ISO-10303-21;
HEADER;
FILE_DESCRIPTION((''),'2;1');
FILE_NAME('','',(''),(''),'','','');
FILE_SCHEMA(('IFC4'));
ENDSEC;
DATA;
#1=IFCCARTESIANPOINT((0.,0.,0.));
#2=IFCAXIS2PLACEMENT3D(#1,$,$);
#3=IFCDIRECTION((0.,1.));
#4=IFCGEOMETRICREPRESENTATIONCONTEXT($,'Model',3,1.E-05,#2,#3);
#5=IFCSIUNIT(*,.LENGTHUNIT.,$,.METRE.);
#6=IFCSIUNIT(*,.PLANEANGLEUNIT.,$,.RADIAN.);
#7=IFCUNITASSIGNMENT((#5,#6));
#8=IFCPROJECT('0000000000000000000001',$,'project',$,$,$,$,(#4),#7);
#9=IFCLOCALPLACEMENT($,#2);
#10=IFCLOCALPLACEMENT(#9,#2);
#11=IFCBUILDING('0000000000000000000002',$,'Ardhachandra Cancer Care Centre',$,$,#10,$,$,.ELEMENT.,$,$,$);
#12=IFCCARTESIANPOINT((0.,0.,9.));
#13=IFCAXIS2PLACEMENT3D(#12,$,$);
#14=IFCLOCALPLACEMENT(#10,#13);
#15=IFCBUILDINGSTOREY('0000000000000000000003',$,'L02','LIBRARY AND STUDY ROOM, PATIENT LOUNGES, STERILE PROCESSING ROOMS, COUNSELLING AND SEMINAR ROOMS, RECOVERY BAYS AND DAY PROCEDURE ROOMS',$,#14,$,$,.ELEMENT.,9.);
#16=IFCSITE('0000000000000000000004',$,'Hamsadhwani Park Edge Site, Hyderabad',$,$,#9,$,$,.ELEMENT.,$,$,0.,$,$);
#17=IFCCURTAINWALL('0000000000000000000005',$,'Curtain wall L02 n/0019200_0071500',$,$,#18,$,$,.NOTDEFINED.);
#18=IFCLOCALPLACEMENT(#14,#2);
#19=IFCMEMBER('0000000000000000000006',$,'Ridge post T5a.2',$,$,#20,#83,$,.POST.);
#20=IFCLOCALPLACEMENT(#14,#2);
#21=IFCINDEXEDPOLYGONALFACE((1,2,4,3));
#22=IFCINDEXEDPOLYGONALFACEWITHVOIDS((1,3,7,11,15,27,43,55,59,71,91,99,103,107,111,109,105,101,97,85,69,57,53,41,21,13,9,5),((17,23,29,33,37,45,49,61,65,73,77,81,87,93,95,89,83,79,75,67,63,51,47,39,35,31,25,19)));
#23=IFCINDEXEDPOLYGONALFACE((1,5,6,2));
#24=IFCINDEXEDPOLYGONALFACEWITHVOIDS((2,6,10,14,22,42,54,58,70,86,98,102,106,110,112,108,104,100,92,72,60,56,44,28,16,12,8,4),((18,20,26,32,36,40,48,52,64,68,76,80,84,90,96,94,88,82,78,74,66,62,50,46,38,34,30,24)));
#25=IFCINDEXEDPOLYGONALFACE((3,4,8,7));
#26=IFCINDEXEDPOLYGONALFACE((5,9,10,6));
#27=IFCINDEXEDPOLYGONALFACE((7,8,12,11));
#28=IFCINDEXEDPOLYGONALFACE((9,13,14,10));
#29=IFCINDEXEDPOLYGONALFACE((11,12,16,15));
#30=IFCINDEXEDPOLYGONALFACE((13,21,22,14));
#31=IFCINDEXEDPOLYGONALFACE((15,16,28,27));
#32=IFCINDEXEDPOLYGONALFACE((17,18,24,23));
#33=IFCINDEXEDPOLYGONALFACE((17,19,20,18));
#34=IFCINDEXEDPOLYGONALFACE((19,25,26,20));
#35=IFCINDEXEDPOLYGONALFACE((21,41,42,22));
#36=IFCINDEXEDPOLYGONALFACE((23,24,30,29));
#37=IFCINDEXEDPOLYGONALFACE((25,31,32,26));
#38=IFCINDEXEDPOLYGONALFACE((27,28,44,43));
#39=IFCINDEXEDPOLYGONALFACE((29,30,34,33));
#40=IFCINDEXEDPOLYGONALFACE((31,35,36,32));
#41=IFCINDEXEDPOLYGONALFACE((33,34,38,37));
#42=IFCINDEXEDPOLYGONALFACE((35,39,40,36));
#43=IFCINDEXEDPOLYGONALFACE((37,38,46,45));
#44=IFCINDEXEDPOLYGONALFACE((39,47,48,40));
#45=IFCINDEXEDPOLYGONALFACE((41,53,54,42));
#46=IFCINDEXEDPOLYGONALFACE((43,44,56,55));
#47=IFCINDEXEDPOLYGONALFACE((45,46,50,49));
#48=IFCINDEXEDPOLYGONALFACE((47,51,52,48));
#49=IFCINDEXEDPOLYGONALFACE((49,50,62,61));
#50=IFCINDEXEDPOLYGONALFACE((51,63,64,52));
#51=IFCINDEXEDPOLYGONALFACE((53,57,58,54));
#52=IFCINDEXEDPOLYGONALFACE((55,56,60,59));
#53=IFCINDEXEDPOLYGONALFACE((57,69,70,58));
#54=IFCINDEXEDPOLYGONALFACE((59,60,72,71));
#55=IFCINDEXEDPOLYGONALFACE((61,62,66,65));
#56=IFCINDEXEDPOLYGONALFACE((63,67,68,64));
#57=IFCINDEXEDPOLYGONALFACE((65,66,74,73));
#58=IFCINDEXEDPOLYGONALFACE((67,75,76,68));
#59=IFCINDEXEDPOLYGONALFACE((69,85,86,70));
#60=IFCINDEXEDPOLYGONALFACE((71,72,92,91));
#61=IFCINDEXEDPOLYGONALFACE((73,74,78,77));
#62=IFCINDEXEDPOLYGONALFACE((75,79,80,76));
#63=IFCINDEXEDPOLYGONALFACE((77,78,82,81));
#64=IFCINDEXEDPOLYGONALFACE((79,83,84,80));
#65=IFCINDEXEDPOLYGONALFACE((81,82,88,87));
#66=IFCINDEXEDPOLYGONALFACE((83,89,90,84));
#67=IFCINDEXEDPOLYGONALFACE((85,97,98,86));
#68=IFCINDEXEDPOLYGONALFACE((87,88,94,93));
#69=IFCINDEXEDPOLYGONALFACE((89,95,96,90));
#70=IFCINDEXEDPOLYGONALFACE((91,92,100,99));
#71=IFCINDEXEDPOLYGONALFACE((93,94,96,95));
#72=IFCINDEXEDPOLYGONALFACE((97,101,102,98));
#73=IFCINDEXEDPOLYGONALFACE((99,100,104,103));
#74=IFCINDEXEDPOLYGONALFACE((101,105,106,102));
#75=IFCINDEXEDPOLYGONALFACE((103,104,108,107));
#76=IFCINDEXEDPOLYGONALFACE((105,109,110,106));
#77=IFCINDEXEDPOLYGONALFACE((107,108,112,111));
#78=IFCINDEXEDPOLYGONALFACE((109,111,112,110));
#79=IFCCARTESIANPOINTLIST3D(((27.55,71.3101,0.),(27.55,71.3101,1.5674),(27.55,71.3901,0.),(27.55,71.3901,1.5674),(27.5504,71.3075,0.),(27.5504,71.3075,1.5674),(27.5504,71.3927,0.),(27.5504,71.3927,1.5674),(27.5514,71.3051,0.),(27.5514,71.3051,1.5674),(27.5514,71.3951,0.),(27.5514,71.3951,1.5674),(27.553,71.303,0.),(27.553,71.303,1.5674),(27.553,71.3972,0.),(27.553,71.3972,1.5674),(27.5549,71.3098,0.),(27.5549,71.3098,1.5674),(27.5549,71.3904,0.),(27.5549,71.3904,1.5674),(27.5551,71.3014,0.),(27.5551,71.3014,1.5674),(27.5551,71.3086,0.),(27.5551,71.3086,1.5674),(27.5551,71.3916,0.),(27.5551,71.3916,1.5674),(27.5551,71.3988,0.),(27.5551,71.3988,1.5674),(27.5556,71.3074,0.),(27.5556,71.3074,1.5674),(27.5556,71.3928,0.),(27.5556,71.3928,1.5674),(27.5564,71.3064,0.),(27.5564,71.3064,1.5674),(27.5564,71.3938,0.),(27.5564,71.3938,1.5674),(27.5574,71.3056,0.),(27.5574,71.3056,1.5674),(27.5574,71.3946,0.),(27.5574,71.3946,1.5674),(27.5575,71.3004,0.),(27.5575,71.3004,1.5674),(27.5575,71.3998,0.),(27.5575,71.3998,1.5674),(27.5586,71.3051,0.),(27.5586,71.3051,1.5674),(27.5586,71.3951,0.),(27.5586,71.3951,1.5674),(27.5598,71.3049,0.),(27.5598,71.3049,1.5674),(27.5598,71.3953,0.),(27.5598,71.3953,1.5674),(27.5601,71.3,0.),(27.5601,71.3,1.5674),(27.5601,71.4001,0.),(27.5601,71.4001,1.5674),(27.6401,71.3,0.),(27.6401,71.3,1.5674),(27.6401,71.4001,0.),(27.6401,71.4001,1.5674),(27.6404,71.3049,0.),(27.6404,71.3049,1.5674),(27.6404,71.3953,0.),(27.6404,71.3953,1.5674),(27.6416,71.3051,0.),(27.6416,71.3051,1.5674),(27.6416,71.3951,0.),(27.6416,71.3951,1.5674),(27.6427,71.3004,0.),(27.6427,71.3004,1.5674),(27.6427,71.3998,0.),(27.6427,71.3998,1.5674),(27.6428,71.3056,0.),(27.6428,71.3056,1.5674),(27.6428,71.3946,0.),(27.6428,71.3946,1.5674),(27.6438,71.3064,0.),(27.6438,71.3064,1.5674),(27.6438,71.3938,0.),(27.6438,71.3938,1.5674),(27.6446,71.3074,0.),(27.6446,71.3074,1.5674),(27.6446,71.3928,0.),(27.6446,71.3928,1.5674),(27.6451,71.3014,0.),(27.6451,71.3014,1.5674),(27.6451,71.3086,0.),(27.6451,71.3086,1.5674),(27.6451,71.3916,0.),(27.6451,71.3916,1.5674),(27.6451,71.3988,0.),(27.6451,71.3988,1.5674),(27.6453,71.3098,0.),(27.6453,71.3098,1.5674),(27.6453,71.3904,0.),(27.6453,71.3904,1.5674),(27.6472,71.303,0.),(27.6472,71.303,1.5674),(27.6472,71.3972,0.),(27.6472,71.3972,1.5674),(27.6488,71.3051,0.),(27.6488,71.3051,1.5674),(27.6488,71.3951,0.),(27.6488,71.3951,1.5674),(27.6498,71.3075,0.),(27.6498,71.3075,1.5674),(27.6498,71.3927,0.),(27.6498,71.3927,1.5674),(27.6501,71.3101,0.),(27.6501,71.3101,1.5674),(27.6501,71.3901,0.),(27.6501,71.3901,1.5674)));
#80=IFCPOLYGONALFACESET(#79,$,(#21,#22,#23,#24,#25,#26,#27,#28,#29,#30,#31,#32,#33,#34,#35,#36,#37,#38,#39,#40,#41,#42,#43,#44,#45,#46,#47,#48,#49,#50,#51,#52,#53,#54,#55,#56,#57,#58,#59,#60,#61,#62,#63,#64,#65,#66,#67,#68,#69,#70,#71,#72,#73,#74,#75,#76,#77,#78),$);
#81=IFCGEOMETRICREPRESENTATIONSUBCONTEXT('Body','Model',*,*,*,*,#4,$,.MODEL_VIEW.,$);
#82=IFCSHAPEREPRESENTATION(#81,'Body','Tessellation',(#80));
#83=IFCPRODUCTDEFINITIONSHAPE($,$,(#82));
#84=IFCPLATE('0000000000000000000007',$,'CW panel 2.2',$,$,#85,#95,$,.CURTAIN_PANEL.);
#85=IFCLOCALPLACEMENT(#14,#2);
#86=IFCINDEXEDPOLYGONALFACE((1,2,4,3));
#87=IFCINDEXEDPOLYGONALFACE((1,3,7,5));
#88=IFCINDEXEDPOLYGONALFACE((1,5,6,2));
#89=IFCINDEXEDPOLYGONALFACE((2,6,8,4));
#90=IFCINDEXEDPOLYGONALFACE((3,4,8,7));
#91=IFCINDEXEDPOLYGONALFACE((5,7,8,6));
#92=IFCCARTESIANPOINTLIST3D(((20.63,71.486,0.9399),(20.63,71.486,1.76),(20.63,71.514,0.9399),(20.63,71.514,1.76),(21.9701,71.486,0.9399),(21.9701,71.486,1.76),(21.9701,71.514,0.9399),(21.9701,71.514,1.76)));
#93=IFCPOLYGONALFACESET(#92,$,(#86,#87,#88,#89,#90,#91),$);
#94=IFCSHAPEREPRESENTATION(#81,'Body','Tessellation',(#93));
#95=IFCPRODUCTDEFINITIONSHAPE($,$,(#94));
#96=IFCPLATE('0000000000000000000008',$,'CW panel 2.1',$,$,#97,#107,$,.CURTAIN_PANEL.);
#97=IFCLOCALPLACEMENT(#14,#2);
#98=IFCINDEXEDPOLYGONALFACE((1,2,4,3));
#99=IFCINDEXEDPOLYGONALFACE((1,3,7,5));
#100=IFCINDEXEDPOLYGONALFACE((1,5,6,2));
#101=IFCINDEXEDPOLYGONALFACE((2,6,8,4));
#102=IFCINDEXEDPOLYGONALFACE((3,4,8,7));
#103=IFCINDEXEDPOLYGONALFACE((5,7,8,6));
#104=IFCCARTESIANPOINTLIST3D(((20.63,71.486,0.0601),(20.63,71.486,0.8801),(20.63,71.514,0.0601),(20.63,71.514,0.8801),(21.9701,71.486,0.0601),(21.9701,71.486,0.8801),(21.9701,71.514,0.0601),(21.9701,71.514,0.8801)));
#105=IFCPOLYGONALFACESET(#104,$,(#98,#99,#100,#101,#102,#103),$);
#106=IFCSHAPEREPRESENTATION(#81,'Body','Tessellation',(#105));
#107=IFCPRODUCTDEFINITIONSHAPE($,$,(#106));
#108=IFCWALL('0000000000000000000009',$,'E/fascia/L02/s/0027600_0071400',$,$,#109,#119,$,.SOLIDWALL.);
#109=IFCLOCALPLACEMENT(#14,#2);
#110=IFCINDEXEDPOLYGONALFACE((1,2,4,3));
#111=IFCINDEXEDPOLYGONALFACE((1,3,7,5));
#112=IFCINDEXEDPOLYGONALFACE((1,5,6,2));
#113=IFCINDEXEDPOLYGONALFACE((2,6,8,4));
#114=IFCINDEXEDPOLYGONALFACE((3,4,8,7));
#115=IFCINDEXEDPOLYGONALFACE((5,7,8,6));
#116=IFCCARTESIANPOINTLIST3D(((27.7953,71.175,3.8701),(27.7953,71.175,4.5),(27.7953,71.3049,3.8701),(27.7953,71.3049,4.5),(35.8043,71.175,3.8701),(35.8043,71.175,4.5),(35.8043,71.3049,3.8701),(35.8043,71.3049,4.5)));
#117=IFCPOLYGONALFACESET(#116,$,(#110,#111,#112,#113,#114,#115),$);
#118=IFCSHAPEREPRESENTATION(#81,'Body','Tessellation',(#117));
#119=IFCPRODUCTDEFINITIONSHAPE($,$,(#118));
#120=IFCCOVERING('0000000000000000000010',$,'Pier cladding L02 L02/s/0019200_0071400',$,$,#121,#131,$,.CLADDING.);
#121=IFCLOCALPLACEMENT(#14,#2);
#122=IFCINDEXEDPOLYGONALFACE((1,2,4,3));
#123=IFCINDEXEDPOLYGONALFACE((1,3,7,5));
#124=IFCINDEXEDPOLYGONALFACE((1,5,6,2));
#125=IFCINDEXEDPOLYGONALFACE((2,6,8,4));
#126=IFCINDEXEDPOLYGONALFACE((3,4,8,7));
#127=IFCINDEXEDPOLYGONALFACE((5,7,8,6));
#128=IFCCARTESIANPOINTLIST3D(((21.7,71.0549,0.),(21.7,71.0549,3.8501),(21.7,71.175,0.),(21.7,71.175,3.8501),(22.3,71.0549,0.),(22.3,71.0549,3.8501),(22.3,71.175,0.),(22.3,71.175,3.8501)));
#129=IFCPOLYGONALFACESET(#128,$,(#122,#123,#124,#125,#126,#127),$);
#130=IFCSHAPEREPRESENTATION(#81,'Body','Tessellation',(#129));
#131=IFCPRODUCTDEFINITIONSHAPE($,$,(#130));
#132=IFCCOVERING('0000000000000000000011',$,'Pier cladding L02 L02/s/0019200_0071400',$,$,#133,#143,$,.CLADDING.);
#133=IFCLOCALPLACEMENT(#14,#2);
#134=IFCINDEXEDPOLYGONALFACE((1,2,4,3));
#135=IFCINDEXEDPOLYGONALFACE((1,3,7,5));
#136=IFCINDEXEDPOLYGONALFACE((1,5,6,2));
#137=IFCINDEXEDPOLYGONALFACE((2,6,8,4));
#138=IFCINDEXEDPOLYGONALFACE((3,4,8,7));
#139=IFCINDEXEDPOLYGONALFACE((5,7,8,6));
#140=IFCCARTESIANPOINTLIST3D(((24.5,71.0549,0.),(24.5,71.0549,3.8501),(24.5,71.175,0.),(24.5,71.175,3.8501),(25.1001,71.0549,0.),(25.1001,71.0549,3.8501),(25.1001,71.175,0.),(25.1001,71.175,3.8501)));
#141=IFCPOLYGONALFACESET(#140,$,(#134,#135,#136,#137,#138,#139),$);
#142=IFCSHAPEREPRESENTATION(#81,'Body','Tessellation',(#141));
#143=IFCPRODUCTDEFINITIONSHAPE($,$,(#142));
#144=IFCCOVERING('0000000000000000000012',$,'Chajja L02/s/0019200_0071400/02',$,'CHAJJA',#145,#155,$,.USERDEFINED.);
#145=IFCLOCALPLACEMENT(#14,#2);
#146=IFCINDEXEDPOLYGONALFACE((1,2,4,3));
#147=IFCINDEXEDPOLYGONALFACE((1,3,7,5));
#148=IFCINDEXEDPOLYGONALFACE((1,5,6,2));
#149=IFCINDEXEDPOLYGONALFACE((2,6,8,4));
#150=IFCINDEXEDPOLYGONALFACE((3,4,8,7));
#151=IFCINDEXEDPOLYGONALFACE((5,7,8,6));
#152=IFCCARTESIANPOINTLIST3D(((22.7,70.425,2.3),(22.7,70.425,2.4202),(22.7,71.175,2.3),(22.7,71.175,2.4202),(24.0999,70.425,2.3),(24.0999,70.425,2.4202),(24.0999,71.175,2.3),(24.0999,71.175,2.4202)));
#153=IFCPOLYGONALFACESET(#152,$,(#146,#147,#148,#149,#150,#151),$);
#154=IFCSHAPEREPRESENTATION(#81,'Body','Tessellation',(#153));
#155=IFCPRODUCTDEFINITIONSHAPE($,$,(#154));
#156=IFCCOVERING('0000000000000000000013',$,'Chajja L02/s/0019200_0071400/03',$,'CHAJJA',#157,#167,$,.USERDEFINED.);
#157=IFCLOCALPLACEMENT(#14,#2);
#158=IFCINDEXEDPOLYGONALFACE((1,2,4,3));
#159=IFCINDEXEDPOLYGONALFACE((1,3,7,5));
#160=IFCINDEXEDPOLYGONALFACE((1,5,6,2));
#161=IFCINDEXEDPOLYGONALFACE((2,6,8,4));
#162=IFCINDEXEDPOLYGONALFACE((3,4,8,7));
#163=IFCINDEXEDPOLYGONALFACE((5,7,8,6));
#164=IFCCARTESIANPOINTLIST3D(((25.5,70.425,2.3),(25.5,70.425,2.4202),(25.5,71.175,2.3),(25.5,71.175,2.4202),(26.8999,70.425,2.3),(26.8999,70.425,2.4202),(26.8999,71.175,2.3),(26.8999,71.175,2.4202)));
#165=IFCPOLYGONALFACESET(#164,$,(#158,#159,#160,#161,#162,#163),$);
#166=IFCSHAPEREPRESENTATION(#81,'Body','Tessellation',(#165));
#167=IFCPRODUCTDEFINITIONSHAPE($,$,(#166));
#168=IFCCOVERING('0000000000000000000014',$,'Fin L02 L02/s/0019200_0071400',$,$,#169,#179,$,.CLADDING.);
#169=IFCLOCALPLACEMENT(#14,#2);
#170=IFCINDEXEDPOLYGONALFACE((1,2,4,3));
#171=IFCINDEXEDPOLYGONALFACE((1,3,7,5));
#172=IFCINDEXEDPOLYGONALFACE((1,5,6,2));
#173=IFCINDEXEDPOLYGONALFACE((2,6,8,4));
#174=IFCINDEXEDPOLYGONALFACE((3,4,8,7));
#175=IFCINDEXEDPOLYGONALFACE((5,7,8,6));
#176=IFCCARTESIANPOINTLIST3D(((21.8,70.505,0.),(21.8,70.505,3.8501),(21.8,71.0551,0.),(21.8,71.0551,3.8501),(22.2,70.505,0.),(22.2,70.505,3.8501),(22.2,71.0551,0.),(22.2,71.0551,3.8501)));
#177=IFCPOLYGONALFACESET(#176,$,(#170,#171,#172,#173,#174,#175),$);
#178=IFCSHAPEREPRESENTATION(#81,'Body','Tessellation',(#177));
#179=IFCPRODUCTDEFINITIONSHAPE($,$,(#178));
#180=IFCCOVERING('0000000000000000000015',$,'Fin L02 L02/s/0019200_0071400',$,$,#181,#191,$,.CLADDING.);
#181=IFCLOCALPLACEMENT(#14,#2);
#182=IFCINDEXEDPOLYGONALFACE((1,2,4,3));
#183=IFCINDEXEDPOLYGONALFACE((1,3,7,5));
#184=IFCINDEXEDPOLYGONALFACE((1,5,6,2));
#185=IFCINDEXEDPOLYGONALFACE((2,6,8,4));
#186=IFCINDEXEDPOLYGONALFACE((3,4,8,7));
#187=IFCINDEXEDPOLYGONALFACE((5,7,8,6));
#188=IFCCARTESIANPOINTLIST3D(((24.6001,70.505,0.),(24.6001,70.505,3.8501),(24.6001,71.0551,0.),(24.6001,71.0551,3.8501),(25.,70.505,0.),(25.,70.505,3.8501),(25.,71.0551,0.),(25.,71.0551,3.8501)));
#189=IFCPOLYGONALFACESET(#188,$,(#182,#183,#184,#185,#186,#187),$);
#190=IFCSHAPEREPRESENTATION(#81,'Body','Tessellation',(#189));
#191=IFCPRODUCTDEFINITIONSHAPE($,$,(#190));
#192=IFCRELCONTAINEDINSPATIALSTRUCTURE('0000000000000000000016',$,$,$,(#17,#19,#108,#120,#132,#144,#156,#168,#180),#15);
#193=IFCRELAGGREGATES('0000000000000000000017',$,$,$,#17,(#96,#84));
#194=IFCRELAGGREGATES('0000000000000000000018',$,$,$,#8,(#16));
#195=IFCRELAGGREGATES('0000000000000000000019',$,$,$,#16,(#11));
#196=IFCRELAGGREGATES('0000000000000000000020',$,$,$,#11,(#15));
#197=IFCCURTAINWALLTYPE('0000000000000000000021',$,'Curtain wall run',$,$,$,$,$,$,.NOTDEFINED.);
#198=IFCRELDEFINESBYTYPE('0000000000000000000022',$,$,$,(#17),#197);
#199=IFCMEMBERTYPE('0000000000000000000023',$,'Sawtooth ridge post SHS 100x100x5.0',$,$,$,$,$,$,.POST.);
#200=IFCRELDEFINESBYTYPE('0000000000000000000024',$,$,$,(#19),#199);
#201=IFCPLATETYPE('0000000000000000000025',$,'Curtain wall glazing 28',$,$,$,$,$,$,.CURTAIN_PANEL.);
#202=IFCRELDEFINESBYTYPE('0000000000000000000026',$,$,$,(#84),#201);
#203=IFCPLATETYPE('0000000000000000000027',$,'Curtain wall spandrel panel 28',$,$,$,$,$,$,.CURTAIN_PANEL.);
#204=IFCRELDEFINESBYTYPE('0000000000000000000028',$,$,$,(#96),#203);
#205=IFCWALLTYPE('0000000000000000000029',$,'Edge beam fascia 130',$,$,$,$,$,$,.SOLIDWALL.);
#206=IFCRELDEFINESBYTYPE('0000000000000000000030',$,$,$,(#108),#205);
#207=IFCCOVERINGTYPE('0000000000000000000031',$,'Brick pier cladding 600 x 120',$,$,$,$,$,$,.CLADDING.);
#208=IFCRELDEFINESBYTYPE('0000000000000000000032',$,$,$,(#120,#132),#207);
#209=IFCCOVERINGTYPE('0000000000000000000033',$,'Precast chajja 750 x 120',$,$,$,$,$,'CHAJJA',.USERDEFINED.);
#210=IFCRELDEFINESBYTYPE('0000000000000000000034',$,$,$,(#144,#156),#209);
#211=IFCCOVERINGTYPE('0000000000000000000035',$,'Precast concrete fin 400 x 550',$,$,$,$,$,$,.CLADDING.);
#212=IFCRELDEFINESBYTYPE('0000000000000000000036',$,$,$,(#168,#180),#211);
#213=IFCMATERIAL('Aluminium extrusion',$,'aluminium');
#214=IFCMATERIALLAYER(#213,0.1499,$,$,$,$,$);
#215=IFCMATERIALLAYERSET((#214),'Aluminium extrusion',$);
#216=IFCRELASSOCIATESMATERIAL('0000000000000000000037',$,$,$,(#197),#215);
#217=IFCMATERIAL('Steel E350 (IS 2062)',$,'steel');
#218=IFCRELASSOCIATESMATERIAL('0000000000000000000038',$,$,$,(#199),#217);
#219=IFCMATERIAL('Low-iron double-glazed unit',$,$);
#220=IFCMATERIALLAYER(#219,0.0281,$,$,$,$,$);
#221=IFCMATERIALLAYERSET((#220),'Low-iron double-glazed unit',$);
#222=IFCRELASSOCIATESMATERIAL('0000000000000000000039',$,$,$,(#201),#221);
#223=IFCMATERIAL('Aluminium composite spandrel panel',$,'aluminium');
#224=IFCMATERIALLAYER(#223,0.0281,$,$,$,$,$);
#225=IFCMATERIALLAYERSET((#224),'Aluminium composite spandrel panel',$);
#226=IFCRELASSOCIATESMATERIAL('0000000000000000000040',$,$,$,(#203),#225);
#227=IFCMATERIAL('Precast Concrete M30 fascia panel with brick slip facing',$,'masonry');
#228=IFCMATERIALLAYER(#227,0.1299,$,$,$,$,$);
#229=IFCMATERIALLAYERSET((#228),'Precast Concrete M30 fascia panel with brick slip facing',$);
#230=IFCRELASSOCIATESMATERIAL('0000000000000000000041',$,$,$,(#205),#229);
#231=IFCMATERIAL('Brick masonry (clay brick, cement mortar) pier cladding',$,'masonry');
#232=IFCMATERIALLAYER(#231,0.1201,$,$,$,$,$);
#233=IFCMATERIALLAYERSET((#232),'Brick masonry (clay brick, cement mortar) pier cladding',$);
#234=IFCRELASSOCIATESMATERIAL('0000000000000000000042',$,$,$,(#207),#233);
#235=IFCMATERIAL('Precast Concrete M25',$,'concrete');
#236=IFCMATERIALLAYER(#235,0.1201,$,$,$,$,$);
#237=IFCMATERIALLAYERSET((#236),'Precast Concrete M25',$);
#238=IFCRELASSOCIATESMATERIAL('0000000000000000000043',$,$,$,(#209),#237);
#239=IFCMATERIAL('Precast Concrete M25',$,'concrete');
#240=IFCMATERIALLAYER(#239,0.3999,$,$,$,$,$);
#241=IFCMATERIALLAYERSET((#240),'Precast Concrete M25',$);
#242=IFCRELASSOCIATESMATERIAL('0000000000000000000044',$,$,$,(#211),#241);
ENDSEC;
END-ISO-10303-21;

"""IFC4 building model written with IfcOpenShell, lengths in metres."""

from ifc_helpers import new_model, si_unit, direction, frame, frame_2d, origin, origin_2d, place, context, subcontext, project, spatial, rectangle, hollow_rectangle, extrude, material, layer, layer_set, material_profile, profile_set, type_object, element, aggregate, save


model = new_model("IFC4")

# Units and contexts
model_context = context("Model", 3, precision=1e-05, world=origin(), true_north=direction((0.0, 1.0)))
body_context = subcontext(model_context, "Body", "Model", "MODEL_VIEW")
ifc_project = project(units=[si_unit("LENGTHUNIT", "METRE"), si_unit("PLANEANGLEUNIT", "RADIAN")], contexts=[model_context])

# Site, building, storey
site_placement = place(None, origin())
site = spatial("IfcSite", under=ifc_project, at=site_placement, Name="Hamsadhwani Park Edge Site, Hyderabad", CompositionType="ELEMENT", RefElevation=0.0)
building_placement = place(site_placement, origin())
building = spatial("IfcBuilding", under=site, at=building_placement, Name="Ardhachandra Cancer Care Centre", CompositionType="ELEMENT")
storey_placement = place(building_placement, frame((0.0, 0.0, 9.0)))
storey = spatial("IfcBuildingStorey", under=building, at=storey_placement, Name="L02", Description="LIBRARY AND STUDY ROOM, PATIENT LOUNGES, STERILE PROCESSING ROOMS, COUNSELLING AND SEMINAR ROOMS, RECOVERY BAYS AND DAY PROCEDURE ROOMS", CompositionType="ELEMENT", Elevation=9.0)

# Curtain wall
ifc_material_1 = material(Name="Aluminium extrusion", Category="aluminium")
ifc_layer_1 = layer(ifc_material_1, 0.1499)
ifc_layer_set_1 = layer_set([ifc_layer_1], Name="Aluminium extrusion")
curtain_wall_type = type_object("IfcCurtainWallType", Name="Curtain wall run", PredefinedType="NOTDEFINED", material=ifc_layer_set_1)
curtain_wall_placement = place(storey_placement, origin())
curtain_wall = element("IfcCurtainWall", 1, at=curtain_wall_placement, inside=storey, type_object=curtain_wall_type, Name="Curtain wall L02 n/0019200_0071500", PredefinedType="NOTDEFINED")

# Member
ifc_material_2 = material(Name="Steel E350 (IS 2062)", Category="steel")
ifc_material_profile_1 = material_profile(ifc_material_2, hollow_rectangle(XDim=0.1001, YDim=0.1001, WallThickness=0.0049, InnerFilletRadius=0.0049, OuterFilletRadius=0.01, at=origin_2d()), Name="SHS 100x100x5.0")
ifc_profile_set_1 = profile_set([ifc_material_profile_1], Name="Steel E350 (IS 2062)")
member_type_1 = type_object("IfcMemberType", Name="Sawtooth ridge post SHS 100x100x5.0", PredefinedType="POST", material=ifc_profile_set_1)
member_1_placement = place(storey_placement, frame((27.6001, 71.3501, 0.0), z_axis=(0.0, 0.0, 1.0), x_axis=(1.0, 0.0, 0.0)))
element("IfcMember", 2, at=member_1_placement, inside=storey, type_object=member_type_1, Name="Ridge post T5a.2", PredefinedType="POST", context=body_context, shape_type="SweptSolid", body=[
    extrude(hollow_rectangle(XDim=0.1001, YDim=0.1001, WallThickness=0.0049, InnerFilletRadius=0.0049, OuterFilletRadius=0.01, at=origin_2d()), origin(), (0.0, 0.0, 1.0), 1.5674),
])

# Plates
ifc_material_3 = material(Name="Low-iron double-glazed unit")
ifc_layer_2 = layer(ifc_material_3, 0.0281)
ifc_layer_set_2 = layer_set([ifc_layer_2], Name="Low-iron double-glazed unit")
plate_type_1 = type_object("IfcPlateType", Name="Curtain wall glazing 28", PredefinedType="CURTAIN_PANEL", material=ifc_layer_set_2)
plate_1_placement = place(storey_placement, frame((21.3, 71.5, 0.9399), z_axis=(0.0, 0.0, 1.0), x_axis=(1.0, 0.0, 0.0)))
plate_1 = element("IfcPlate", 3, at=plate_1_placement, type_object=plate_type_1, Name="CW panel 2.2", PredefinedType="CURTAIN_PANEL", context=body_context, shape_type="SweptSolid", body=[
    extrude(rectangle(XDim=1.3401, YDim=0.0281, at=origin_2d()), origin(), (0.0, 0.0, 1.0), 0.8201),
])
ifc_material_4 = material(Name="Aluminium composite spandrel panel", Category="aluminium")
ifc_layer_3 = layer(ifc_material_4, 0.0281)
ifc_layer_set_3 = layer_set([ifc_layer_3], Name="Aluminium composite spandrel panel")
plate_type_2 = type_object("IfcPlateType", Name="Curtain wall spandrel panel 28", PredefinedType="CURTAIN_PANEL", material=ifc_layer_set_3)
plate_2_placement = place(storey_placement, frame((21.3, 71.5, 0.0601), z_axis=(0.0, 0.0, 1.0), x_axis=(1.0, 0.0, 0.0)))
plate_2 = element("IfcPlate", 4, at=plate_2_placement, type_object=plate_type_2, Name="CW panel 2.1", PredefinedType="CURTAIN_PANEL", context=body_context, shape_type="SweptSolid", body=[
    extrude(rectangle(XDim=1.3401, YDim=0.0281, at=origin_2d()), origin(), (0.0, 0.0, 1.0), 0.8201),
])
aggregate(curtain_wall, [plate_2, plate_1])

# Wall
ifc_material_5 = material(Name="Precast Concrete M30 fascia panel with brick slip facing", Category="masonry")
ifc_layer_4 = layer(ifc_material_5, 0.1299)
ifc_layer_set_4 = layer_set([ifc_layer_4], Name="Precast Concrete M30 fascia panel with brick slip facing")
wall_type = type_object("IfcWallType", Name="Edge beam fascia 130", PredefinedType="SOLIDWALL", material=ifc_layer_set_4)
wall_placement = place(storey_placement, frame((27.7954, 71.24, 3.8701), z_axis=(0.0, 0.0, 1.0), x_axis=(1.0, 0.0, 0.0)))
element("IfcWall", 5, at=wall_placement, inside=storey, type_object=wall_type, Name="E/fascia/L02/s/0027600_0071400", PredefinedType="SOLIDWALL", context=body_context, shape_type="SweptSolid", body=[
    extrude(rectangle(XDim=8.009, YDim=0.1299, at=frame_2d((4.0044, 0.0))), origin(), (0.0, 0.0, 1.0), 0.6299),
])

# Coverings
ifc_material_6 = material(Name="Brick masonry (clay brick, cement mortar) pier cladding", Category="masonry")
ifc_layer_5 = layer(ifc_material_6, 0.1201)
ifc_layer_set_5 = layer_set([ifc_layer_5], Name="Brick masonry (clay brick, cement mortar) pier cladding")
covering_type_1 = type_object("IfcCoveringType", Name="Brick pier cladding 600 x 120", PredefinedType="CLADDING", material=ifc_layer_set_5)
for number, where, z_axis, x_axis, name in (
    (6, (22.0, 71.115, 0.0), (0.0, 0.0, 1.0), (1.0, 0.0, 0.0), "Pier cladding L02 L02/s/0019200_0071400"),
    (7, (24.8, 71.115, 0.0), (0.0, 0.0, 1.0), (1.0, 0.0, 0.0), "Pier cladding L02 L02/s/0019200_0071400"),
):
    element("IfcCovering", number, at=place(storey_placement, frame(where, z_axis=z_axis, x_axis=x_axis)), inside=storey, type_object=covering_type_1, Name=name, PredefinedType="CLADDING", context=body_context, shape_type="SweptSolid", body=[
        extrude(rectangle(XDim=0.6001, YDim=0.1201, at=origin_2d()), origin(), (0.0, 0.0, 1.0), 3.8501),
    ])
ifc_material_7 = material(Name="Precast Concrete M25", Category="concrete")
ifc_layer_6 = layer(ifc_material_7, 0.1201)
ifc_layer_set_6 = layer_set([ifc_layer_6], Name="Precast Concrete M25")
covering_type_2 = type_object("IfcCoveringType", Name="Precast chajja 750 x 120", ElementType="CHAJJA", PredefinedType="USERDEFINED", material=ifc_layer_set_6)
for number, where, z_axis, x_axis, name in (
    (8, (23.3999, 70.8, 2.3), (0.0, 0.0, 1.0), (1.0, 0.0, 0.0), "Chajja L02/s/0019200_0071400/02"),
    (9, (26.2, 70.8, 2.3), (0.0, 0.0, 1.0), (1.0, 0.0, 0.0), "Chajja L02/s/0019200_0071400/03"),
):
    element("IfcCovering", number, at=place(storey_placement, frame(where, z_axis=z_axis, x_axis=x_axis)), inside=storey, type_object=covering_type_2, Name=name, ObjectType="CHAJJA", PredefinedType="USERDEFINED", context=body_context, shape_type="SweptSolid", body=[
        extrude(rectangle(XDim=1.3999, YDim=0.75, at=origin_2d()), origin(), (0.0, 0.0, 1.0), 0.1201),
    ])
ifc_material_8 = material(Name="Precast Concrete M25", Category="concrete")
ifc_layer_7 = layer(ifc_material_8, 0.3999)
ifc_layer_set_7 = layer_set([ifc_layer_7], Name="Precast Concrete M25")
covering_type_3 = type_object("IfcCoveringType", Name="Precast concrete fin 400 x 550", PredefinedType="CLADDING", material=ifc_layer_set_7)
for number, where, z_axis, x_axis, name in (
    (10, (22.0, 70.78, 0.0), (0.0, 0.0, 1.0), (1.0, 0.0, 0.0), "Fin L02 L02/s/0019200_0071400"),
    (11, (24.8, 70.78, 0.0), (0.0, 0.0, 1.0), (1.0, 0.0, 0.0), "Fin L02 L02/s/0019200_0071400"),
):
    element("IfcCovering", number, at=place(storey_placement, frame(where, z_axis=z_axis, x_axis=x_axis)), inside=storey, type_object=covering_type_3, Name=name, PredefinedType="CLADDING", context=body_context, shape_type="SweptSolid", body=[
        extrude(rectangle(XDim=0.3999, YDim=0.55, at=origin_2d()), origin(), (0.0, 0.0, 1.0), 3.8501),
    ])

save(model, "model.ifc")
